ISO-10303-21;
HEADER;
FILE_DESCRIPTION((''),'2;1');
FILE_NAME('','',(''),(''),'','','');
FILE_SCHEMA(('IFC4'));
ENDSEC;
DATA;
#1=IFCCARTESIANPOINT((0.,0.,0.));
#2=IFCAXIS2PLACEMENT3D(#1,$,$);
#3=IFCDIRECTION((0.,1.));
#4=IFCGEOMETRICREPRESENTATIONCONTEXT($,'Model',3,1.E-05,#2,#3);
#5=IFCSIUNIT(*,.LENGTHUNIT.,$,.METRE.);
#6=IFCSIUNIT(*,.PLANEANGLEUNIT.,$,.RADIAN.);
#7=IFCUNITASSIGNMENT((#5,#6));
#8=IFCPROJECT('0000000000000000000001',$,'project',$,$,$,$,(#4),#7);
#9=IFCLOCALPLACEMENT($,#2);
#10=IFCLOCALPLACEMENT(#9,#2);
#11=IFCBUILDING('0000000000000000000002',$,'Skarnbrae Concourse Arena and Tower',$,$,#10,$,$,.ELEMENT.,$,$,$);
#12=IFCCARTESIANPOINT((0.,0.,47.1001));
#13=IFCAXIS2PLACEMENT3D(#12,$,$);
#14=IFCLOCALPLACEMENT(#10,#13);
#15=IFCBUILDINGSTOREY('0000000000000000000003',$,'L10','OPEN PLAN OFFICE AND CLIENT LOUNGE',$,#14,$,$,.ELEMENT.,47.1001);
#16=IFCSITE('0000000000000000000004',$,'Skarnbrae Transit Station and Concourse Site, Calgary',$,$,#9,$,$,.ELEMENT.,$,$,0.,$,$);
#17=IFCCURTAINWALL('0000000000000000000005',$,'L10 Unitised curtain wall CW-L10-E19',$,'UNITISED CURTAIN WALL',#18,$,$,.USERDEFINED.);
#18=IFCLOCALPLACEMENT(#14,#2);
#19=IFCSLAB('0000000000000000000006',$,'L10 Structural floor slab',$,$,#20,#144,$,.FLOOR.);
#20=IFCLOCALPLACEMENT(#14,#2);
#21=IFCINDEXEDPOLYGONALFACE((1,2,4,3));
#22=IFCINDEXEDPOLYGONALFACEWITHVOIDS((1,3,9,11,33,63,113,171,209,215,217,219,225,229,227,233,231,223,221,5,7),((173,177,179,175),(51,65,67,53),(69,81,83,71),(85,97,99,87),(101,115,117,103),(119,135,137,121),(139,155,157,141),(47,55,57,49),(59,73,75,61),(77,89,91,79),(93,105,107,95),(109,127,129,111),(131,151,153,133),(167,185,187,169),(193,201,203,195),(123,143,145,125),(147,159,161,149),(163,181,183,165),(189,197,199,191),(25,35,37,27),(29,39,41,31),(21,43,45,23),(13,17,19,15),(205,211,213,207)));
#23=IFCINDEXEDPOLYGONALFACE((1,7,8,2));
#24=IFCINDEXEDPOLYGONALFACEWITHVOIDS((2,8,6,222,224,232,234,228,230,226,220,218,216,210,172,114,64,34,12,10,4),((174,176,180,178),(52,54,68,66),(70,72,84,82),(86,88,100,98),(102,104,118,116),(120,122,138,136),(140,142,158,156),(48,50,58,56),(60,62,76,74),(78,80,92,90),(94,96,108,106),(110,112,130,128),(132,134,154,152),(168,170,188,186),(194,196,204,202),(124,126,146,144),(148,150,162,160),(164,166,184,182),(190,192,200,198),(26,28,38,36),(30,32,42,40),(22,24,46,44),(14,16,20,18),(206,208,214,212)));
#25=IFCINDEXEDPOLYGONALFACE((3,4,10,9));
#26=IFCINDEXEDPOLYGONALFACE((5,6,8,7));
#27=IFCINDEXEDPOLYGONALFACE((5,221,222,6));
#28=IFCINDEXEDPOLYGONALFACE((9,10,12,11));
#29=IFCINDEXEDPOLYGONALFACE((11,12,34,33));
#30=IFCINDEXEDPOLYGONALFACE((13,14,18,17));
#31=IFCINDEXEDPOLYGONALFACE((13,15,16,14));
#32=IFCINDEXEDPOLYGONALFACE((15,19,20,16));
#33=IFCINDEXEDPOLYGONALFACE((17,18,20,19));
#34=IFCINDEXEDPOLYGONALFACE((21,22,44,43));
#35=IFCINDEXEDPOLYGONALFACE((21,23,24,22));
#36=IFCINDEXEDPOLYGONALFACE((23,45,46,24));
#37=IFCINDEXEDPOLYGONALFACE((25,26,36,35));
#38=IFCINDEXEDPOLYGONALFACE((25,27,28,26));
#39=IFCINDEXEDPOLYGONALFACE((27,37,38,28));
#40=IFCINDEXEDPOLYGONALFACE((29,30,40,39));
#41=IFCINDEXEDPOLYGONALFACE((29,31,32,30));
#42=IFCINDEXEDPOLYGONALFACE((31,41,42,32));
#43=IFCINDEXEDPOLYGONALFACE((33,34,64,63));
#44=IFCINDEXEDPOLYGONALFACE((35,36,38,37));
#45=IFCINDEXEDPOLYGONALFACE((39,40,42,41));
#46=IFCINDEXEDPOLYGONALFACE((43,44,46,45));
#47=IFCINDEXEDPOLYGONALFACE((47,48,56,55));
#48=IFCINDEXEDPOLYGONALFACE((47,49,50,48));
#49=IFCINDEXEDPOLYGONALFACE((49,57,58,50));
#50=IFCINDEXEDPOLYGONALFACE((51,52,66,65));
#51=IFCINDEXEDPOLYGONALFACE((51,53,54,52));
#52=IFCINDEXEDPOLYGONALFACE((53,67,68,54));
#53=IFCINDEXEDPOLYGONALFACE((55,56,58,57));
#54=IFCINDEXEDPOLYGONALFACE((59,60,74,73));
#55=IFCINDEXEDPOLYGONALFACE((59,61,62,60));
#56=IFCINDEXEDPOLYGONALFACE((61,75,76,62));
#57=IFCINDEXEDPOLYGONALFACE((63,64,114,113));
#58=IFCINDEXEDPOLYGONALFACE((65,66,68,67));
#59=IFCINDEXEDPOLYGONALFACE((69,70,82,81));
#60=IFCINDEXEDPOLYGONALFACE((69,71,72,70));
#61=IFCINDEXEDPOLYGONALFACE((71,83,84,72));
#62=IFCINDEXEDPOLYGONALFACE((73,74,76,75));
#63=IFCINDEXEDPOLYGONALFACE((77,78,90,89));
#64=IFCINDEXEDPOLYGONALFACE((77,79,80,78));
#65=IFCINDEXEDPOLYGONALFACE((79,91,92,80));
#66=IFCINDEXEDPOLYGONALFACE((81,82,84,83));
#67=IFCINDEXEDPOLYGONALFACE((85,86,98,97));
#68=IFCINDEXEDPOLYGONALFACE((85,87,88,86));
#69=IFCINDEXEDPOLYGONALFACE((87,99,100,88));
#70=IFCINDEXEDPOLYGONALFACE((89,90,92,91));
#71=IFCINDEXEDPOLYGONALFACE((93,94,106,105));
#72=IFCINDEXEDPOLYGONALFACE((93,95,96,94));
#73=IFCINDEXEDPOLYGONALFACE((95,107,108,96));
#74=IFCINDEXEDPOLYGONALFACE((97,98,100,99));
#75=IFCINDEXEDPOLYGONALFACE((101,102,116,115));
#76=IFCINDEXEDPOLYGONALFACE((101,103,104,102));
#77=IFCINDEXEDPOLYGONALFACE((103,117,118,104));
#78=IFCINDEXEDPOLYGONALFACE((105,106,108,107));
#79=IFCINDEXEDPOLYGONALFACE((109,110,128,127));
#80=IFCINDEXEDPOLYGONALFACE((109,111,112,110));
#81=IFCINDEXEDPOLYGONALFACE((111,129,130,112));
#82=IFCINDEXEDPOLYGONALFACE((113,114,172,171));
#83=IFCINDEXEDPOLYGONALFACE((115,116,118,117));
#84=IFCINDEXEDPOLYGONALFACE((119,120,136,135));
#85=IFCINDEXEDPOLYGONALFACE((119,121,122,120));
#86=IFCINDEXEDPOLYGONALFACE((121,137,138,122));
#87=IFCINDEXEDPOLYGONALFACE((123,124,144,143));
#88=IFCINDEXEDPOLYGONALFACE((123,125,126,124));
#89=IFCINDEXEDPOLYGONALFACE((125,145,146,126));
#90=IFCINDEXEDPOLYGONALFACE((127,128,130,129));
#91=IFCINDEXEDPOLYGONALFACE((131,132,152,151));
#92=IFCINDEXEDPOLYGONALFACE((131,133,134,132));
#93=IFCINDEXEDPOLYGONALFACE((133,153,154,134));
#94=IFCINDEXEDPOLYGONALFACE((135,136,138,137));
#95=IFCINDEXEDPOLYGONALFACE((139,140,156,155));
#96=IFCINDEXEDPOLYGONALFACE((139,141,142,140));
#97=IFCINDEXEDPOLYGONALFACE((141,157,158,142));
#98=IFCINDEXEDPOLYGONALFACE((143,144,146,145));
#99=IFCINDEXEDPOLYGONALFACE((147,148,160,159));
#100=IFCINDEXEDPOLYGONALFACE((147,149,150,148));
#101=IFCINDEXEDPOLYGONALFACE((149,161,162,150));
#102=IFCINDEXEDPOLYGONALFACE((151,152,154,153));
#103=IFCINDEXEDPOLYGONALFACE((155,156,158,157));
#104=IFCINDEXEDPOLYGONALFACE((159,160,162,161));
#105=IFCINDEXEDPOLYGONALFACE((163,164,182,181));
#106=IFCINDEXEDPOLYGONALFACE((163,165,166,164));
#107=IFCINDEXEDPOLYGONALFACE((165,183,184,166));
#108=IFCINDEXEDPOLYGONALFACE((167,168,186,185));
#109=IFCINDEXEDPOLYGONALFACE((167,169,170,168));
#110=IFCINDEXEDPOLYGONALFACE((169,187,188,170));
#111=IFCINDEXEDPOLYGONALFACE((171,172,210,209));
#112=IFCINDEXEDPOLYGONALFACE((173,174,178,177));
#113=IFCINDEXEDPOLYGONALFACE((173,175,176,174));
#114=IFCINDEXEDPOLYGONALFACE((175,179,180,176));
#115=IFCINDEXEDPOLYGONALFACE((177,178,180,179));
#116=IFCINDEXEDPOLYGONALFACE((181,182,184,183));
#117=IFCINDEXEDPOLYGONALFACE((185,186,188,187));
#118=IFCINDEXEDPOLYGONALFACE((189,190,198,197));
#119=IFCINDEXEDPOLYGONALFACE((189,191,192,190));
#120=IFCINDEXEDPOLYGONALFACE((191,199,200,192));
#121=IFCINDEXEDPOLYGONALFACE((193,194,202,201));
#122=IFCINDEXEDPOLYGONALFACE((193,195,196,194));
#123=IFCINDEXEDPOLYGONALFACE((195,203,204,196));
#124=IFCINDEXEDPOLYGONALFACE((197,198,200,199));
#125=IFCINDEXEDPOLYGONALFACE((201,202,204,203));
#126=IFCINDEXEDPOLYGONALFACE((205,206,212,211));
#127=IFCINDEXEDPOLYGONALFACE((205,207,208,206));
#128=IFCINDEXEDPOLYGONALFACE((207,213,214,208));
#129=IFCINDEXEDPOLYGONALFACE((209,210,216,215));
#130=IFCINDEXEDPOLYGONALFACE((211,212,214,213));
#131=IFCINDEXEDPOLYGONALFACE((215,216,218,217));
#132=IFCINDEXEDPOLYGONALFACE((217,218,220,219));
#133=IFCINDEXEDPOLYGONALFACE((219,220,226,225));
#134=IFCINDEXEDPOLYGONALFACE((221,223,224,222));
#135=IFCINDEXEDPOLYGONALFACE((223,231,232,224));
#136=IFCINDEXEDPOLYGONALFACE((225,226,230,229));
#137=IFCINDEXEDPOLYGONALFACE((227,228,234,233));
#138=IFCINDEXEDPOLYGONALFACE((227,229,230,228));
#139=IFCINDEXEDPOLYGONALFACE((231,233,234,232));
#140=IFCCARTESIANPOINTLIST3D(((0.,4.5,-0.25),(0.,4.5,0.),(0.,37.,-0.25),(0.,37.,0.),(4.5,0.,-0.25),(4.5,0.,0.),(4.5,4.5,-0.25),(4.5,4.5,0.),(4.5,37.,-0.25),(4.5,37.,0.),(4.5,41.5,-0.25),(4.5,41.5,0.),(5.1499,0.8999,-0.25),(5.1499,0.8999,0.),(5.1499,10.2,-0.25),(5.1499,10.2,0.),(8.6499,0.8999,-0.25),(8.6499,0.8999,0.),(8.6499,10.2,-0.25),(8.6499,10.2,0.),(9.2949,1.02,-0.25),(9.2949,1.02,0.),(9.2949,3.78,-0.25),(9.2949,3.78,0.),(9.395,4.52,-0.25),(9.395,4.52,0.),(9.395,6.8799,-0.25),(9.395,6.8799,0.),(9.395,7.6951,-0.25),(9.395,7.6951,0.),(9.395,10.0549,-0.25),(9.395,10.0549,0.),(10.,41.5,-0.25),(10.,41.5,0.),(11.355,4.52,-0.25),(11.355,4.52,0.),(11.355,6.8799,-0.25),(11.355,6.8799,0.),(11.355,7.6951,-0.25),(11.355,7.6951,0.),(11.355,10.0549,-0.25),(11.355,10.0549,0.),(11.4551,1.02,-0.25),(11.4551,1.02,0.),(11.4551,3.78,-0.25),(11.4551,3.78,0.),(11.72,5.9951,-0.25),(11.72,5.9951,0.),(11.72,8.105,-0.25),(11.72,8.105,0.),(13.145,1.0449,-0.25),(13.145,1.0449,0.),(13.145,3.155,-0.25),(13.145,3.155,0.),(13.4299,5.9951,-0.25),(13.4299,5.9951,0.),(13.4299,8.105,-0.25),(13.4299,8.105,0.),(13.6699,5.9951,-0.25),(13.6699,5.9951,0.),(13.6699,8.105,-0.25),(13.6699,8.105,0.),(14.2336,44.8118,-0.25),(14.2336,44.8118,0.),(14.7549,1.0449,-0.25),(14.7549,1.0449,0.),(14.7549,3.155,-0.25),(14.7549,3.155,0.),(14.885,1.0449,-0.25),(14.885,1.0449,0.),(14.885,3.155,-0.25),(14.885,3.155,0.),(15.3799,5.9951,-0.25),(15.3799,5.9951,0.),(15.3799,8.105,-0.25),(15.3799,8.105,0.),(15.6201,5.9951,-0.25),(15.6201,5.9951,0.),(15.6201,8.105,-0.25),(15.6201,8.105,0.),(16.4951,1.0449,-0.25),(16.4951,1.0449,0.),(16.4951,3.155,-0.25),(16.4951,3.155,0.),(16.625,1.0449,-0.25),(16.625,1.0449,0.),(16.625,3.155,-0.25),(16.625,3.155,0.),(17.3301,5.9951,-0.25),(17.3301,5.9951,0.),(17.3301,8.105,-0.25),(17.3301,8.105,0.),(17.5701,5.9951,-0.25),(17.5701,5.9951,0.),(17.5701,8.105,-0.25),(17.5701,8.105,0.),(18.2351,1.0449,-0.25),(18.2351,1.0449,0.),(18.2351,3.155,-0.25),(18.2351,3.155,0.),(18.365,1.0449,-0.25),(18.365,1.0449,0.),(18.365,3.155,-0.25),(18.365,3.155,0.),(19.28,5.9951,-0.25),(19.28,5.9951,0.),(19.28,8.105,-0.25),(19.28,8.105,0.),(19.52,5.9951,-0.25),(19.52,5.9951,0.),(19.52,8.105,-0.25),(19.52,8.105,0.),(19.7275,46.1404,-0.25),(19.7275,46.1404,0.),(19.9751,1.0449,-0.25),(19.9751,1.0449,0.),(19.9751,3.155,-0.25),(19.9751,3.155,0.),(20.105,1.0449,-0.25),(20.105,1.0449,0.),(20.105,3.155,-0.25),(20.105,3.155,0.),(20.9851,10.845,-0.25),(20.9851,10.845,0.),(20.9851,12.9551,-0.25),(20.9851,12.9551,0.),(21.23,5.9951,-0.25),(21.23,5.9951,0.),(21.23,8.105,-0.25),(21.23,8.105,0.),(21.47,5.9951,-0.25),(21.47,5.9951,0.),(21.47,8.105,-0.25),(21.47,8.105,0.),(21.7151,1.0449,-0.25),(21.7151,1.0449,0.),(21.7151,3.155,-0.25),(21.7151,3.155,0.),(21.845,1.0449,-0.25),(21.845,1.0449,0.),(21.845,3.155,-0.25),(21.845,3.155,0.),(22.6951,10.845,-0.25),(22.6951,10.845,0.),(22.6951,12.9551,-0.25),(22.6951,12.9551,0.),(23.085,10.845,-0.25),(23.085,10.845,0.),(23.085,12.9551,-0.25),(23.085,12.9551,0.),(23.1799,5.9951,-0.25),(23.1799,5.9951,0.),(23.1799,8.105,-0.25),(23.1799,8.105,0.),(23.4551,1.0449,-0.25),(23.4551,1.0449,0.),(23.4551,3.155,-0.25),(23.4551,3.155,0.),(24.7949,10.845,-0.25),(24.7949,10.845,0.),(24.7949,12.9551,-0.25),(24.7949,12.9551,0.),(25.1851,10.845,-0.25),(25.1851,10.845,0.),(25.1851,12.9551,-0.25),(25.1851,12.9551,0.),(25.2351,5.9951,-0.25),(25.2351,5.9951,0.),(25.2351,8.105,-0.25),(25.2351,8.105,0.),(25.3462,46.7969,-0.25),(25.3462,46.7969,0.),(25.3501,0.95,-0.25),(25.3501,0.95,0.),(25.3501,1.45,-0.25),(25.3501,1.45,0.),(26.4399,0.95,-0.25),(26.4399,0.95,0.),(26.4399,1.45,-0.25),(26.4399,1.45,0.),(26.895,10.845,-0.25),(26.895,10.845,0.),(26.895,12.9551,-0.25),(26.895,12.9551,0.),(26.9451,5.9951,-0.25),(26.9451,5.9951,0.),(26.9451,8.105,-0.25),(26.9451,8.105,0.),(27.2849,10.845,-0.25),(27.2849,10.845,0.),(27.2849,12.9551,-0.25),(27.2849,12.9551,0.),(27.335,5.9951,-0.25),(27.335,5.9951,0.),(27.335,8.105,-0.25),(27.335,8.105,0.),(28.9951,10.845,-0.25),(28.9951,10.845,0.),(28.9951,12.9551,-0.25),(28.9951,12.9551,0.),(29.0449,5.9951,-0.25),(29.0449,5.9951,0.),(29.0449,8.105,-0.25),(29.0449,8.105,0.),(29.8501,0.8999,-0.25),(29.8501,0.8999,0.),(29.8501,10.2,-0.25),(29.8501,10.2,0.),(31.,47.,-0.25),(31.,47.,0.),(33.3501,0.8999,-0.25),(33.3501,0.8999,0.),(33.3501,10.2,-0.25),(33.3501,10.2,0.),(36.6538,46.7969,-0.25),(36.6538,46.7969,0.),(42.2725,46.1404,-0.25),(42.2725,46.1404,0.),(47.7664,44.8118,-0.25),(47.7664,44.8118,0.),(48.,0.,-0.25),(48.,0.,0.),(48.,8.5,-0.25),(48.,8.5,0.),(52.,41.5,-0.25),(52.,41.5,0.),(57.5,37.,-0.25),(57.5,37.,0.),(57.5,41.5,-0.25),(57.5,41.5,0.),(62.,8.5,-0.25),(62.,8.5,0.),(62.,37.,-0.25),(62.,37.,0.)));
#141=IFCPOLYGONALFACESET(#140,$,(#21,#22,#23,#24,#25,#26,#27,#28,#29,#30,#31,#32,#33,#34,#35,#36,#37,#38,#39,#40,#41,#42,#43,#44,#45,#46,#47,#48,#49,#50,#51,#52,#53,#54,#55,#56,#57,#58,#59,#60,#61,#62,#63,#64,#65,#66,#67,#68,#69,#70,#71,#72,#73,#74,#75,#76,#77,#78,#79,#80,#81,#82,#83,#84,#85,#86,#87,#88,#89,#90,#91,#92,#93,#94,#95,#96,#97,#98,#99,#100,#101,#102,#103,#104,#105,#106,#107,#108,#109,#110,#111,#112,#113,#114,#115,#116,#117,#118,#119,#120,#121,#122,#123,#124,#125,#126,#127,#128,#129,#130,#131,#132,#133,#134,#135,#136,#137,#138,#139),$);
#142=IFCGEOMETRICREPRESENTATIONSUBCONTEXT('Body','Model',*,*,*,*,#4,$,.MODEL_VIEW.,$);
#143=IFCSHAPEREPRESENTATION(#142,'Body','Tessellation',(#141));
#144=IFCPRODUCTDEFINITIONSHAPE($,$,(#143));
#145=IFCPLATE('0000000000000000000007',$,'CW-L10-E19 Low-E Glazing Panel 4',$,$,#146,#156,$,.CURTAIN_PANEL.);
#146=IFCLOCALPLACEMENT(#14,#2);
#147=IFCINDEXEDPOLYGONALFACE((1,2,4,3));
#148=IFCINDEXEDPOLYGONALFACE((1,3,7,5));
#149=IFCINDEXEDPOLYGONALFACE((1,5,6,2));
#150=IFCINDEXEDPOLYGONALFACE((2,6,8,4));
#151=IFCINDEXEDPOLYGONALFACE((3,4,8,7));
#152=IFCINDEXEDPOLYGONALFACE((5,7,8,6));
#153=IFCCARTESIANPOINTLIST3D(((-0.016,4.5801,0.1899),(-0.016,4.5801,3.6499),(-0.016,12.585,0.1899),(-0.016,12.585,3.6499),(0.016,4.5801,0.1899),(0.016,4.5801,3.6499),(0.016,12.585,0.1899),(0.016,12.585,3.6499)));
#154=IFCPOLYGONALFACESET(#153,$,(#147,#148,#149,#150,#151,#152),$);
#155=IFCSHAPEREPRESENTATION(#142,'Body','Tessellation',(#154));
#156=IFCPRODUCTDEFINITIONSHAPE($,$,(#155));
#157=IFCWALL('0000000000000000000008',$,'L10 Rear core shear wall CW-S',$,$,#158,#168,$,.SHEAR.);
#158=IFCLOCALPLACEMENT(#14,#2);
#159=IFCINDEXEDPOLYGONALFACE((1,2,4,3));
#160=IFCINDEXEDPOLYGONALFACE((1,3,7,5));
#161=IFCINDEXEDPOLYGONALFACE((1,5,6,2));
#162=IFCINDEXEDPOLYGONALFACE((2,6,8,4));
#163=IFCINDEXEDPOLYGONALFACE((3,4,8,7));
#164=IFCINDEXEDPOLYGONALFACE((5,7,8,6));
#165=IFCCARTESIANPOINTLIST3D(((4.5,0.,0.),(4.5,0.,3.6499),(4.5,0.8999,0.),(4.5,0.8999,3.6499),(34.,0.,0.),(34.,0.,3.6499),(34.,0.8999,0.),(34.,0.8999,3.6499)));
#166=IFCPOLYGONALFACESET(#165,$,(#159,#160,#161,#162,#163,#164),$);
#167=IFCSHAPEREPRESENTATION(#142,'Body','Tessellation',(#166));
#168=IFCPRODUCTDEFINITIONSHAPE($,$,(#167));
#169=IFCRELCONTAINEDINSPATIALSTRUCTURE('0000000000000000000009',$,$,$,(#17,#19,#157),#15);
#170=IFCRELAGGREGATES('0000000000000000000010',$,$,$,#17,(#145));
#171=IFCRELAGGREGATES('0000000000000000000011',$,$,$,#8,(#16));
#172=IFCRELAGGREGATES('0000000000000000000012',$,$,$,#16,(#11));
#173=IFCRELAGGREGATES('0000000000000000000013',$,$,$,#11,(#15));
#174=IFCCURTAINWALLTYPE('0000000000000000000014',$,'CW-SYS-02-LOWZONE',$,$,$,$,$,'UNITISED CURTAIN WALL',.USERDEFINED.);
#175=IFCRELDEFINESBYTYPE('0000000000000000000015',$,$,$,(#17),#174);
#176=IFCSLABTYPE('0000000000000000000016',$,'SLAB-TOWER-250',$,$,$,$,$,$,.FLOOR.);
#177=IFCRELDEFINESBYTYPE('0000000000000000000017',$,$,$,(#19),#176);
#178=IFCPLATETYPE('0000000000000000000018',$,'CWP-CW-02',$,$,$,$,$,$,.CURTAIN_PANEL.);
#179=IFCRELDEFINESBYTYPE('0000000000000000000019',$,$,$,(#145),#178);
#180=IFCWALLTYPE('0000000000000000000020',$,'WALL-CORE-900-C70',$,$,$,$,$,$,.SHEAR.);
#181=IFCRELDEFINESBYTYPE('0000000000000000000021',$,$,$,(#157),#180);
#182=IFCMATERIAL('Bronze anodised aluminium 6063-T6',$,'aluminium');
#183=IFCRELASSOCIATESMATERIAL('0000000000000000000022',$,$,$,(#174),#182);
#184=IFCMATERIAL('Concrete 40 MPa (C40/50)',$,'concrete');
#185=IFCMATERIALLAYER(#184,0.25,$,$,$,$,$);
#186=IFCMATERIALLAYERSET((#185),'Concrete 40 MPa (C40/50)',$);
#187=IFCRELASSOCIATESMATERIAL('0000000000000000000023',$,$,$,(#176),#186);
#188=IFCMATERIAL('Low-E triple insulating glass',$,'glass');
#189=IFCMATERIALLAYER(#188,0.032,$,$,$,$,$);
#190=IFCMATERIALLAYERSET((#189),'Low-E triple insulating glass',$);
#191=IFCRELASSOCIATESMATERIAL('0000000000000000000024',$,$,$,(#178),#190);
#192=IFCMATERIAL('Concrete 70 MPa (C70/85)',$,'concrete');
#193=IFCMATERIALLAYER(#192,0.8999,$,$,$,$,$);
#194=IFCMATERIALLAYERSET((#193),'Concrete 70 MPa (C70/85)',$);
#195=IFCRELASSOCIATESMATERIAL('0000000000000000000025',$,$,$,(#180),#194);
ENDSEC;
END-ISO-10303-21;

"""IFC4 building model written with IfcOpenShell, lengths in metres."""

from ifc_helpers import new_model, si_unit, direction, frame, frame_2d, origin, origin_2d, place, context, subcontext, project, spatial, polyline, rectangle, outline, extrude, source, transform, mapped, material, layer, layer_set, type_object, element, aggregate, save


model = new_model("IFC4")

# Units and contexts
model_context = context("Model", 3, precision=1e-05, world=origin(), true_north=direction((0.0, 1.0)))
body_context = subcontext(model_context, "Body", "Model", "MODEL_VIEW")
ifc_project = project(units=[si_unit("LENGTHUNIT", "METRE"), si_unit("PLANEANGLEUNIT", "RADIAN")], contexts=[model_context])

# Site, building, storey
site_placement = place(None, origin())
site = spatial("IfcSite", under=ifc_project, at=site_placement, Name="Skarnbrae Transit Station and Concourse Site, Calgary", CompositionType="ELEMENT", RefElevation=0.0)
building_placement = place(site_placement, origin())
building = spatial("IfcBuilding", under=site, at=building_placement, Name="Skarnbrae Concourse Arena and Tower", CompositionType="ELEMENT")
storey_placement = place(building_placement, frame((0.0, 0.0, 47.1001)))
storey = spatial("IfcBuildingStorey", under=building, at=storey_placement, Name="L10", Description="OPEN PLAN OFFICE AND CLIENT LOUNGE", CompositionType="ELEMENT", Elevation=47.1001)

# Curtain wall
ifc_material_1 = material(Name="Bronze anodised aluminium 6063-T6", Category="aluminium")
curtain_wall_type = type_object("IfcCurtainWallType", Name="CW-SYS-02-LOWZONE", ElementType="UNITISED CURTAIN WALL", PredefinedType="USERDEFINED", material=ifc_material_1)
curtain_wall_placement = place(storey_placement, origin())
curtain_wall = element("IfcCurtainWall", 1, at=curtain_wall_placement, inside=storey, type_object=curtain_wall_type, Name="L10 Unitised curtain wall CW-L10-E19", ObjectType="UNITISED CURTAIN WALL", PredefinedType="USERDEFINED")

# Shared definitions
ifc_material_2 = material(Name="Concrete 40 MPa (C40/50)", Category="concrete")

# Slab
ifc_layer_1 = layer(ifc_material_2, 0.25)
ifc_layer_set_1 = layer_set([ifc_layer_1], Name="Concrete 40 MPa (C40/50)")
slab_type_1 = type_object("IfcSlabType", Name="SLAB-TOWER-250", PredefinedType="FLOOR", material=ifc_layer_set_1)
slab_1_placement = place(storey_placement, frame((0.0, 0.0, -0.25)))
element("IfcSlab", 2, at=slab_1_placement, inside=storey, type_object=slab_type_1, Name="L10 Structural floor slab", PredefinedType="FLOOR", context=body_context, shape_type="SweptSolid", body=[
    extrude(outline(polyline([(4.5, 0.0), (48.0, 0.0), (48.0, 8.5), (62.0, 8.5), (62.0, 37.0), (57.5, 37.0), (57.5, 41.5), (52.0, 41.5), (47.7664, 44.8118), (42.2725, 46.1404), (36.6538, 46.7969), (31.0, 47.0), (25.3462, 46.7969), (19.7275, 46.1404), (14.2336, 44.8118), (10.0, 41.5), (4.5, 41.5), (4.5, 37.0), (0.0, 37.0), (0.0, 4.5), (4.5, 4.5), (4.5, 0.0)]), holes=[polyline([(13.145, 3.155), (14.7549, 3.155), (14.7549, 1.0449), (13.145, 1.0449), (13.145, 3.155)]), polyline([(16.4951, 3.155), (16.4951, 1.0449), (14.885, 1.0449), (14.885, 3.155), (16.4951, 3.155)]), polyline([(18.2351, 3.155), (18.2351, 1.0449), (16.625, 1.0449), (16.625, 3.155), (18.2351, 3.155)]), polyline([(18.365, 3.155), (19.9751, 3.155), (19.9751, 1.0449), (18.365, 1.0449), (18.365, 3.155)]), polyline([(11.4551, 3.78), (11.4551, 1.02), (9.2949, 1.02), (9.2949, 3.78), (11.4551, 3.78)]), polyline([(8.6499, 0.8999), (5.1499, 0.8999), (5.1499, 10.2), (8.6499, 10.2), (8.6499, 0.8999)]), polyline([(9.395, 6.8799), (11.355, 6.8799), (11.355, 4.52), (9.395, 4.52), (9.395, 6.8799)]), polyline([(13.4299, 8.105), (13.4299, 5.9951), (11.72, 5.9951), (11.72, 8.105), (13.4299, 8.105)]), polyline([(15.3799, 8.105), (15.3799, 5.9951), (13.6699, 5.9951), (13.6699, 8.105), (15.3799, 8.105)]), polyline([(15.6201, 8.105), (17.3301, 8.105), (17.3301, 5.9951), (15.6201, 5.9951), (15.6201, 8.105)]), polyline([(19.28, 8.105), (19.28, 5.9951), (17.5701, 5.9951), (17.5701, 8.105), (19.28, 8.105)]), polyline([(11.355, 10.0549), (11.355, 7.6951), (9.395, 7.6951), (9.395, 10.0549), (11.355, 10.0549)]), polyline([(25.3501, 1.45), (26.4399, 1.45), (26.4399, 0.95), (25.3501, 0.95), (25.3501, 1.45)]), polyline([(21.7151, 3.155), (21.7151, 1.0449), (20.105, 1.0449), (20.105, 3.155), (21.7151, 3.155)]), polyline([(23.4551, 3.155), (23.4551, 1.0449), (21.845, 1.0449), (21.845, 3.155), (23.4551, 3.155)]), polyline([(33.3501, 10.2), (33.3501, 0.8999), (29.8501, 0.8999), (29.8501, 10.2), (33.3501, 10.2)]), polyline([(21.23, 8.105), (21.23, 5.9951), (19.52, 5.9951), (19.52, 8.105), (21.23, 8.105)]), polyline([(23.1799, 8.105), (23.1799, 5.9951), (21.47, 5.9951), (21.47, 8.105), (23.1799, 8.105)]), polyline([(25.2351, 8.105), (26.9451, 8.105), (26.9451, 5.9951), (25.2351, 5.9951), (25.2351, 8.105)]), polyline([(29.0449, 8.105), (29.0449, 5.9951), (27.335, 5.9951), (27.335, 8.105), (29.0449, 8.105)]), polyline([(22.6951, 12.9551), (22.6951, 10.845), (20.9851, 10.845), (20.9851, 12.9551), (22.6951, 12.9551)]), polyline([(23.085, 12.9551), (24.7949, 12.9551), (24.7949, 10.845), (23.085, 10.845), (23.085, 12.9551)]), polyline([(26.895, 12.9551), (26.895, 10.845), (25.1851, 10.845), (25.1851, 12.9551), (26.895, 12.9551)]), polyline([(28.9951, 12.9551), (28.9951, 10.845), (27.2849, 10.845), (27.2849, 12.9551), (28.9951, 12.9551)])]), origin(), (0.0, 0.0, 1.0), 0.25),
])

# Plate
ifc_material_3 = material(Name="Low-E triple insulating glass", Category="glass")
ifc_layer_2 = layer(ifc_material_3, 0.032)
ifc_layer_set_2 = layer_set([ifc_layer_2], Name="Low-E triple insulating glass")
plate_type = type_object("IfcPlateType", Name="CWP-CW-02", PredefinedType="CURTAIN_PANEL", material=ifc_layer_set_2)
shared_shape_1 = source(origin(), body_context, "Body", "SweptSolid", [
    extrude(rectangle(XDim=8.0049, YDim=0.032, at=origin_2d()), origin(), (0.0, 0.0, 1.0), 3.46),
])
plate_placement = place(storey_placement, frame((0.0, 8.5825, 0.1899), z_axis=(0.0, 0.0, 1.0), x_axis=(0.0, -1.0, 0.0)))
plate = element("IfcPlate", 3, at=plate_placement, type_object=plate_type, Name="CW-L10-E19 Low-E Glazing Panel 4", PredefinedType="CURTAIN_PANEL", context=body_context, shape_type="MappedRepresentation", body=[
    mapped(shared_shape_1, transform((0.0, 0.0, 0.0))),
])
aggregate(curtain_wall, [plate])

# Wall
ifc_material_4 = material(Name="Concrete 70 MPa (C70/85)", Category="concrete")
ifc_layer_3 = layer(ifc_material_4, 0.8999)
ifc_layer_set_3 = layer_set([ifc_layer_3], Name="Concrete 70 MPa (C70/85)")
wall_type_1 = type_object("IfcWallType", Name="WALL-CORE-900-C70", PredefinedType="SHEAR", material=ifc_layer_set_3)
shared_shape_2 = source(origin(), body_context, "Body", "SweptSolid", [
    extrude(rectangle(XDim=29.5, YDim=0.8999, at=frame_2d((14.75, 0.0))), origin(), (0.0, 0.0, 1.0), 3.6499),
])
wall_1_placement = place(storey_placement, frame((4.5, 0.45, 0.0), z_axis=(0.0, 0.0, 1.0), x_axis=(1.0, 0.0, 0.0)))
element("IfcWall", 4, at=wall_1_placement, inside=storey, type_object=wall_type_1, Name="L10 Rear core shear wall CW-S", PredefinedType="SHEAR", context=body_context, shape_type="MappedRepresentation", body=[
    mapped(shared_shape_2, transform((0.0, 0.0, 0.0))),
])

save(model, "model.ifc")
